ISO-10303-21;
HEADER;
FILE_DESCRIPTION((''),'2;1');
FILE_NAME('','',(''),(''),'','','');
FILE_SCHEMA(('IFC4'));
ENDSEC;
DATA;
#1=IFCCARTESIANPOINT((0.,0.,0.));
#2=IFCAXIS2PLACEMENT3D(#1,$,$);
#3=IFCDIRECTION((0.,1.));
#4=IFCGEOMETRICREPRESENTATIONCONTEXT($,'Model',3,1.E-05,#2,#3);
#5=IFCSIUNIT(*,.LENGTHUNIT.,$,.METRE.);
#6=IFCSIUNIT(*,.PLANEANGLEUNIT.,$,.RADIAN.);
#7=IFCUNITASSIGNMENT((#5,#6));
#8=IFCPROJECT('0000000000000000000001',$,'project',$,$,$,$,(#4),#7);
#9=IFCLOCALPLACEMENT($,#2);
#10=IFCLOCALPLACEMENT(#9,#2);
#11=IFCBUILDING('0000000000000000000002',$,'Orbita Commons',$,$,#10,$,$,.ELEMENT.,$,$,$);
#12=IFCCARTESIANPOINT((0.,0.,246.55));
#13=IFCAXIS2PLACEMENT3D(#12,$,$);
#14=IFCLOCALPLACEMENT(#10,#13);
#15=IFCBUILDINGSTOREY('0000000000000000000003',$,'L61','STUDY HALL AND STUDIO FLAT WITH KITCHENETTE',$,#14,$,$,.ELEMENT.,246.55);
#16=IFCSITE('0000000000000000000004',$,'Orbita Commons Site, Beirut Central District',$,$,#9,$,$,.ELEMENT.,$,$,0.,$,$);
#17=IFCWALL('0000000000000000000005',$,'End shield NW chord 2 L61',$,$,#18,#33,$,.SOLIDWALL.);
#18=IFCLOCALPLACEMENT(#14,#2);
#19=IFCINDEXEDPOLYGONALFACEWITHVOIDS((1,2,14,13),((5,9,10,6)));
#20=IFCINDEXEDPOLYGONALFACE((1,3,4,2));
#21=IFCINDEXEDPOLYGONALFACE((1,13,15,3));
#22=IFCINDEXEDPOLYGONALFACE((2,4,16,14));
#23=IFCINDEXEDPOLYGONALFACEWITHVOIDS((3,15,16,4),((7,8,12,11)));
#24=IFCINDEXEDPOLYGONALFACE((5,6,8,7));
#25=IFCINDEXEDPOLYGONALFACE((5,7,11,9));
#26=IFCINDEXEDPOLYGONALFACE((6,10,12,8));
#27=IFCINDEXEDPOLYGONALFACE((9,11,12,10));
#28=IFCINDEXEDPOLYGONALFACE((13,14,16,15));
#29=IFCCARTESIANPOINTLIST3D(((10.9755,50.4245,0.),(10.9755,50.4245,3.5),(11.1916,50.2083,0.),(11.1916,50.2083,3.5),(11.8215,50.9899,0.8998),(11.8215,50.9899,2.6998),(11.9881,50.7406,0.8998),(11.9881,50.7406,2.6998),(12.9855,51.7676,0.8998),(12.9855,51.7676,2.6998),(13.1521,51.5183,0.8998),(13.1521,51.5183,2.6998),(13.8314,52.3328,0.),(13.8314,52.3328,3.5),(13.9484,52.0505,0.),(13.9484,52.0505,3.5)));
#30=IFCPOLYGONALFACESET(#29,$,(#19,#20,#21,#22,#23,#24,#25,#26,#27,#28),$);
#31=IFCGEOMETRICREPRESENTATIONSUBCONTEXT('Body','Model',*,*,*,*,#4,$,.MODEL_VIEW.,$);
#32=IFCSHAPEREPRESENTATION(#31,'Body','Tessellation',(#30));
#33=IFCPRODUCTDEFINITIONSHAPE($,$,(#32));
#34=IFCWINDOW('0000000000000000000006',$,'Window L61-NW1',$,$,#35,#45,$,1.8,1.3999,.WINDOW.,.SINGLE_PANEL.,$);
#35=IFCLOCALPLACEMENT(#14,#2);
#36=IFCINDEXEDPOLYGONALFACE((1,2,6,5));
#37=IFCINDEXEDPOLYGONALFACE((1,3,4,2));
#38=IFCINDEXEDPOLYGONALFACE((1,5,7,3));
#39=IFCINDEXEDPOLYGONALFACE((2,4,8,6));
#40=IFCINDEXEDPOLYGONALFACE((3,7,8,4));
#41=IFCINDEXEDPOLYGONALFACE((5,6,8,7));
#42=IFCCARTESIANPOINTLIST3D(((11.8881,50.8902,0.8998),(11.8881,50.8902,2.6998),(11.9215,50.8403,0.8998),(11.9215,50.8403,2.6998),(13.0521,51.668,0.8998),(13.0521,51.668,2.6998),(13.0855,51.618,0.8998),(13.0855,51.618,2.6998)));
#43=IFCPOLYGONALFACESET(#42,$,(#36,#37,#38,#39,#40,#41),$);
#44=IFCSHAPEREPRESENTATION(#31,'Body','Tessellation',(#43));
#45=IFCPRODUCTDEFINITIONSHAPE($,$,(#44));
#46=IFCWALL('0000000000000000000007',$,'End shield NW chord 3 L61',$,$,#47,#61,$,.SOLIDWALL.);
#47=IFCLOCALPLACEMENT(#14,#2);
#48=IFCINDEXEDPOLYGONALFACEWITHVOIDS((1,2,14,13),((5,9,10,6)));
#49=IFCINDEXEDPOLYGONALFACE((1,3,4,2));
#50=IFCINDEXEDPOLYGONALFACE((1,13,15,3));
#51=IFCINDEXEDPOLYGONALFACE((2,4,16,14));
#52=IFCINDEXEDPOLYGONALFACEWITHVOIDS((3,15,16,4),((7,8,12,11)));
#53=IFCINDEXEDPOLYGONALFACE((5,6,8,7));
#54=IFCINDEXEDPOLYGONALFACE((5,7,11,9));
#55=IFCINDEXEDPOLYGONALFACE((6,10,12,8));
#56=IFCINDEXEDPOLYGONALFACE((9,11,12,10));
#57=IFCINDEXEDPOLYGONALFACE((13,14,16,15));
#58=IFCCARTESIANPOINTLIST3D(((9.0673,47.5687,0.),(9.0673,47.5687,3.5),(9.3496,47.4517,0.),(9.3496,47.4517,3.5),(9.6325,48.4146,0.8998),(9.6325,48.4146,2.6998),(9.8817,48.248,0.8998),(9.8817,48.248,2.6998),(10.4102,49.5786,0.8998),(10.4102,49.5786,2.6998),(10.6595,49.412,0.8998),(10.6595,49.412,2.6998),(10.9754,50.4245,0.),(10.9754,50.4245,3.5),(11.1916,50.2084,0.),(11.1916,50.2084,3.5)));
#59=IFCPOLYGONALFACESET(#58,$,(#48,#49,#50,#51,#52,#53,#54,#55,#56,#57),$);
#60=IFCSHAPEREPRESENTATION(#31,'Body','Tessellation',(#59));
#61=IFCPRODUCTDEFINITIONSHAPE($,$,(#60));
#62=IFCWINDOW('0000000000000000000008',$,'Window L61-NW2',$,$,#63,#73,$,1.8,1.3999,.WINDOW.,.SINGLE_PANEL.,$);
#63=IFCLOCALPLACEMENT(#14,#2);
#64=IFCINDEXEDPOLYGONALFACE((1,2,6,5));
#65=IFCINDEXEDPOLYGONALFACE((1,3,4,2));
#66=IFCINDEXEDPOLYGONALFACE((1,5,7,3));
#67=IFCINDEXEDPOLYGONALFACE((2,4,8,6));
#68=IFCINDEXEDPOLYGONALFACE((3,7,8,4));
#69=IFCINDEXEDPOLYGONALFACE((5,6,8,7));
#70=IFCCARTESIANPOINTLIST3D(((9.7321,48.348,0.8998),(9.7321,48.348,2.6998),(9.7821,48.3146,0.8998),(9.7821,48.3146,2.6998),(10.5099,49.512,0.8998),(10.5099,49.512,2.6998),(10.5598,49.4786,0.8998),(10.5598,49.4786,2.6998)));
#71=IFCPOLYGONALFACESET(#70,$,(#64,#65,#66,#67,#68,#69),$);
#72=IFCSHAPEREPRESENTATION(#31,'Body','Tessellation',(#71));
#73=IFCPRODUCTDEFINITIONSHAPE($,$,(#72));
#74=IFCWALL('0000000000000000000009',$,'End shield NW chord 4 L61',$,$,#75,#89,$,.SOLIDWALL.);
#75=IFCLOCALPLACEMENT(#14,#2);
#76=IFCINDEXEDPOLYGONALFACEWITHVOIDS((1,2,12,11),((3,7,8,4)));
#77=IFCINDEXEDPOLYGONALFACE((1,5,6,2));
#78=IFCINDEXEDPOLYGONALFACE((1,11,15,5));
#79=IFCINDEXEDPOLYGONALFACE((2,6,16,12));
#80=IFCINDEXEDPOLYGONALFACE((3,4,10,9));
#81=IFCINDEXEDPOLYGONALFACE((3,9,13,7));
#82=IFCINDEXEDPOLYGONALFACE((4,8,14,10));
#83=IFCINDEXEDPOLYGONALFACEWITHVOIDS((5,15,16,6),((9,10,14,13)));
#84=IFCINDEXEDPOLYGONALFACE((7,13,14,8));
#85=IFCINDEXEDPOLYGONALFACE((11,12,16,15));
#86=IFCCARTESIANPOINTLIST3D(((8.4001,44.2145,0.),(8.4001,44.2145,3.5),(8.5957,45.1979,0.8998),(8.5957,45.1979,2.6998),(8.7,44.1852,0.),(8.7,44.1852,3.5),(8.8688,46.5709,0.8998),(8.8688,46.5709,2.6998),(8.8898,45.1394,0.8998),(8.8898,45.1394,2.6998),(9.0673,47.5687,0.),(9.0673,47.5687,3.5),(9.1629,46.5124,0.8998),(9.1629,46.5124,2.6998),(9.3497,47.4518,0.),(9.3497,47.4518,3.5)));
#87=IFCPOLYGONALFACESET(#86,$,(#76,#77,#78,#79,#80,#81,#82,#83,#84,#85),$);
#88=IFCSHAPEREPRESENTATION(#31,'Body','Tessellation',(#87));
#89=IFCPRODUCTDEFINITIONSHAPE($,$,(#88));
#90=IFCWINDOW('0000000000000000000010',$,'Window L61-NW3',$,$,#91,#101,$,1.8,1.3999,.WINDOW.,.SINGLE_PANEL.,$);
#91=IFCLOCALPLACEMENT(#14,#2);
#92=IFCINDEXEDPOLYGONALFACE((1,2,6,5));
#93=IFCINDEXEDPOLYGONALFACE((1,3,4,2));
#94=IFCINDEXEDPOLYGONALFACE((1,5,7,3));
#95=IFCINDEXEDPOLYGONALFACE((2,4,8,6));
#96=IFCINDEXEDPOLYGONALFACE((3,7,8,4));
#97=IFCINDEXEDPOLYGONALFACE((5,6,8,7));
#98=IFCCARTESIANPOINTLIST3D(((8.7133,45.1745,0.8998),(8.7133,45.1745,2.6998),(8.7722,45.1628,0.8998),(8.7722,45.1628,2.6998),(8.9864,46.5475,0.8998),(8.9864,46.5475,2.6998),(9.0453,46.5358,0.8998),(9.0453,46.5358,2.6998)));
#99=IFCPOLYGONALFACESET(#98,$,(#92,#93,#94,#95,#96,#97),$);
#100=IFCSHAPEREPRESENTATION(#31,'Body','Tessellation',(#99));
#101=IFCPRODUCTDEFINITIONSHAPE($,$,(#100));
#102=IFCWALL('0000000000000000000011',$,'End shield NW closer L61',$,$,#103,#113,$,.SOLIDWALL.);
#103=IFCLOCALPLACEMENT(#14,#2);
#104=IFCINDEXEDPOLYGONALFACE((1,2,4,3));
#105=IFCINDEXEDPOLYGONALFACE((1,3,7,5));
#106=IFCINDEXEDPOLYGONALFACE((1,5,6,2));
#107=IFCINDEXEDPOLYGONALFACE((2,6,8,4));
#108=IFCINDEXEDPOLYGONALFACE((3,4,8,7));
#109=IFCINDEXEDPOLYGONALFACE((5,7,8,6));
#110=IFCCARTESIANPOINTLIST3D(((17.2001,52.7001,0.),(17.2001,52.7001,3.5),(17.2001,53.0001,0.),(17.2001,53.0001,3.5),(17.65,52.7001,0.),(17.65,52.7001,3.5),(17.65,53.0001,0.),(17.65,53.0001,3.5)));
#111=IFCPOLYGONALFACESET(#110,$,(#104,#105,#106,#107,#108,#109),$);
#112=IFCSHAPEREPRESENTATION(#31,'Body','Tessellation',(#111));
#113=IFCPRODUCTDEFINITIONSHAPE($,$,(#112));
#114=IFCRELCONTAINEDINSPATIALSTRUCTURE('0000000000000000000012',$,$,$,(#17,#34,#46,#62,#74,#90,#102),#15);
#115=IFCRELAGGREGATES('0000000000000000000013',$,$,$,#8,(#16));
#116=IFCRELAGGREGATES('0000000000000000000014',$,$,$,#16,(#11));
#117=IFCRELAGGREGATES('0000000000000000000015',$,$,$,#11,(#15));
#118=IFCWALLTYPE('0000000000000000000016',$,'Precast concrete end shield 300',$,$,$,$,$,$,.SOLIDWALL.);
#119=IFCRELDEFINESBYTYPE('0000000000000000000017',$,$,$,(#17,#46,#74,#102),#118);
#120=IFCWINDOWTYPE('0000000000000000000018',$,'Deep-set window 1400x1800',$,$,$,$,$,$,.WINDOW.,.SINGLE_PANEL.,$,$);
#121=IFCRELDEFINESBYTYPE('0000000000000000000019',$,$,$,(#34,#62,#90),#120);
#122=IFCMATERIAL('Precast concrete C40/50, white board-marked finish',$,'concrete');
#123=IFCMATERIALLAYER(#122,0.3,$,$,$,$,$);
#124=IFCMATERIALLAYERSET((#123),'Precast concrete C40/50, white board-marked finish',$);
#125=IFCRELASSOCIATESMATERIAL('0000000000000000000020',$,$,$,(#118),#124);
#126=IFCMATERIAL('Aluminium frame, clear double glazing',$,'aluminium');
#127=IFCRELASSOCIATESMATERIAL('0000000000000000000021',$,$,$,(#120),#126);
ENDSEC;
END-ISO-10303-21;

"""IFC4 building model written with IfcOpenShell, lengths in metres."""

from ifc_helpers import new_model, si_unit, direction, frame, frame_2d, origin, place, context, subcontext, project, spatial, polyline, rectangle, outline, extrude, material, layer, layer_set, type_object, element, fill, save


model = new_model("IFC4")

# Units and contexts
model_context = context("Model", 3, precision=1e-05, world=origin(), true_north=direction((0.0, 1.0)))
body_context = subcontext(model_context, "Body", "Model", "MODEL_VIEW")
ifc_project = project(units=[si_unit("LENGTHUNIT", "METRE"), si_unit("PLANEANGLEUNIT", "RADIAN")], contexts=[model_context])

# Site, building, storey
site_placement = place(None, origin())
site = spatial("IfcSite", under=ifc_project, at=site_placement, Name="Orbita Commons Site, Beirut Central District", CompositionType="ELEMENT", RefElevation=0.0)
building_placement = place(site_placement, origin())
building = spatial("IfcBuilding", under=site, at=building_placement, Name="Orbita Commons", CompositionType="ELEMENT")
storey_placement = place(building_placement, frame((0.0, 0.0, 246.55)))
storey = spatial("IfcBuildingStorey", under=building, at=storey_placement, Name="L61", Description="STUDY HALL AND STUDIO FLAT WITH KITCHENETTE", CompositionType="ELEMENT", Elevation=246.55)

# Walls, openings, windows
ifc_material_1 = material(Name="Precast concrete C40/50, white board-marked finish", Category="concrete")
ifc_layer_1 = layer(ifc_material_1, 0.3)
ifc_layer_set_1 = layer_set([ifc_layer_1], Name="Precast concrete C40/50, white board-marked finish")
wall_type_1 = type_object("IfcWallType", Name="Precast concrete end shield 300", PredefinedType="SOLIDWALL", material=ifc_layer_set_1)
ifc_material_2 = material(Name="Aluminium frame, clear double glazing", Category="aluminium")
window_type = type_object("IfcWindowType", Name="Deep-set window 1400x1800", PartitioningType="SINGLE_PANEL", PredefinedType="WINDOW", material=ifc_material_2)
wall_1_placement = place(storey_placement, frame((13.8899, 52.1917, 0.0), z_axis=(0.0, 0.0, 1.0), x_axis=(-0.83146, -0.555585, 0.0)))
wall_1 = element("IfcWall", 1, at=wall_1_placement, inside=storey, type_object=wall_type_1, Name="End shield NW chord 2 L61", PredefinedType="SOLIDWALL", context=body_context, shape_type="SweptSolid", body=[
    extrude(outline(polyline([(-0.0298, -0.1499), (3.405, -0.1499), (3.3455, 0.1499), (0.0298, 0.1499), (-0.0298, -0.1499)])), origin(), (0.0, 0.0, 1.0), 3.5),
])
opening_1_placement = place(wall_1_placement, frame((0.9875, 0.0, 0.8999)))
opening_1 = element("IfcOpeningElement", 2, at=opening_1_placement, cuts=wall_1, PredefinedType="OPENING", context=body_context, shape_type="SweptSolid", body=[
    extrude(rectangle(XDim=1.3999, YDim=1.8, at=frame_2d((0.7, 0.8999))), frame((0.0, 0.1599, 0.0), z_axis=(0.0, -1.0, 0.0), x_axis=(1.0, 0.0, 0.0)), (0.0, 0.0, 1.0), 0.3201),
])
window_1_placement = place(opening_1_placement, origin())
window_1 = element("IfcWindow", 3, at=window_1_placement, inside=storey, type_object=window_type, Name="Window L61-NW1", OverallHeight=1.8, OverallWidth=1.3999, PartitioningType="SINGLE_PANEL", PredefinedType="WINDOW", context=body_context, shape_type="SweptSolid", body=[
    extrude(rectangle(XDim=1.3999, YDim=1.8, at=frame_2d((0.7, 0.8999))), frame((0.0, 0.03, 0.0), z_axis=(0.0, -1.0, 0.0), x_axis=(1.0, 0.0, 0.0)), (0.0, 0.0, 1.0), 0.0601),
])
fill(opening_1, window_1)
wall_2_placement = place(storey_placement, frame((11.0835, 50.3164, 0.0), z_axis=(0.0, 0.0, 1.0), x_axis=(-0.555568, -0.831471, 0.0)))
wall_2 = element("IfcWall", 4, at=wall_2_placement, inside=storey, type_object=wall_type_1, Name="End shield NW chord 3 L61", PredefinedType="SOLIDWALL", context=body_context, shape_type="SweptSolid", body=[
    extrude(outline(polyline([(-0.0298, -0.1499), (3.4048, -0.1499), (3.3452, 0.1499), (0.0298, 0.1499), (-0.0298, -0.1499)])), origin(), (0.0, 0.0, 1.0), 3.5),
])
opening_2_placement = place(wall_2_placement, frame((0.9875, 0.0, 0.8999)))
opening_2 = element("IfcOpeningElement", 5, at=opening_2_placement, cuts=wall_2, PredefinedType="OPENING", context=body_context, shape_type="SweptSolid", body=[
    extrude(rectangle(XDim=1.3999, YDim=1.8, at=frame_2d((0.7, 0.8999))), frame((0.0, 0.1599, 0.0), z_axis=(0.0, -1.0, 0.0), x_axis=(1.0, 0.0, 0.0)), (0.0, 0.0, 1.0), 0.3201),
])
window_2_placement = place(opening_2_placement, origin())
window_2 = element("IfcWindow", 6, at=window_2_placement, inside=storey, type_object=window_type, Name="Window L61-NW2", OverallHeight=1.8, OverallWidth=1.3999, PartitioningType="SINGLE_PANEL", PredefinedType="WINDOW", context=body_context, shape_type="SweptSolid", body=[
    extrude(rectangle(XDim=1.3999, YDim=1.8, at=frame_2d((0.7, 0.8999))), frame((0.0, 0.03, 0.0), z_axis=(0.0, -1.0, 0.0), x_axis=(1.0, 0.0, 0.0)), (0.0, 0.0, 1.0), 0.0601),
])
fill(opening_2, window_2)
wall_3_placement = place(storey_placement, frame((9.2085, 47.5103, 0.0), z_axis=(0.0, 0.0, 1.0), x_axis=(-0.195087, -0.980786, 0.0)))
wall_3 = element("IfcWall", 7, at=wall_3_placement, inside=storey, type_object=wall_type_1, Name="End shield NW chord 4 L61", PredefinedType="SOLIDWALL", context=body_context, shape_type="SweptSolid", body=[
    extrude(outline(polyline([(-0.0298, -0.1499), (3.3901, -0.1499), (3.3604, 0.1499), (0.0298, 0.1499), (-0.0298, -0.1499)])), origin(), (0.0, 0.0, 1.0), 3.5),
])
opening_3_placement = place(wall_3_placement, frame((0.9875, 0.0, 0.8999)))
opening_3 = element("IfcOpeningElement", 8, at=opening_3_placement, cuts=wall_3, PredefinedType="OPENING", context=body_context, shape_type="SweptSolid", body=[
    extrude(rectangle(XDim=1.3999, YDim=1.8, at=frame_2d((0.7, 0.8999))), frame((0.0, 0.1599, 0.0), z_axis=(0.0, -1.0, 0.0), x_axis=(1.0, 0.0, 0.0)), (0.0, 0.0, 1.0), 0.3201),
])
window_3_placement = place(opening_3_placement, origin())
window_3 = element("IfcWindow", 9, at=window_3_placement, inside=storey, type_object=window_type, Name="Window L61-NW3", OverallHeight=1.8, OverallWidth=1.3999, PartitioningType="SINGLE_PANEL", PredefinedType="WINDOW", context=body_context, shape_type="SweptSolid", body=[
    extrude(rectangle(XDim=1.3999, YDim=1.8, at=frame_2d((0.7, 0.8999))), frame((0.0, 0.03, 0.0), z_axis=(0.0, -1.0, 0.0), x_axis=(1.0, 0.0, 0.0)), (0.0, 0.0, 1.0), 0.0601),
])
fill(opening_3, window_3)

# Wall
wall_4_placement = place(storey_placement, frame((17.2, 52.8501, 0.0), z_axis=(0.0, 0.0, 1.0), x_axis=(1.0, 0.0, 0.0)))
element("IfcWall", 10, at=wall_4_placement, inside=storey, type_object=wall_type_1, Name="End shield NW closer L61", PredefinedType="SOLIDWALL", context=body_context, shape_type="SweptSolid", body=[
    extrude(rectangle(XDim=0.45, YDim=0.3, at=frame_2d((0.2251, 0.0))), origin(), (0.0, 0.0, 1.0), 3.5),
])

save(model, "model.ifc")
